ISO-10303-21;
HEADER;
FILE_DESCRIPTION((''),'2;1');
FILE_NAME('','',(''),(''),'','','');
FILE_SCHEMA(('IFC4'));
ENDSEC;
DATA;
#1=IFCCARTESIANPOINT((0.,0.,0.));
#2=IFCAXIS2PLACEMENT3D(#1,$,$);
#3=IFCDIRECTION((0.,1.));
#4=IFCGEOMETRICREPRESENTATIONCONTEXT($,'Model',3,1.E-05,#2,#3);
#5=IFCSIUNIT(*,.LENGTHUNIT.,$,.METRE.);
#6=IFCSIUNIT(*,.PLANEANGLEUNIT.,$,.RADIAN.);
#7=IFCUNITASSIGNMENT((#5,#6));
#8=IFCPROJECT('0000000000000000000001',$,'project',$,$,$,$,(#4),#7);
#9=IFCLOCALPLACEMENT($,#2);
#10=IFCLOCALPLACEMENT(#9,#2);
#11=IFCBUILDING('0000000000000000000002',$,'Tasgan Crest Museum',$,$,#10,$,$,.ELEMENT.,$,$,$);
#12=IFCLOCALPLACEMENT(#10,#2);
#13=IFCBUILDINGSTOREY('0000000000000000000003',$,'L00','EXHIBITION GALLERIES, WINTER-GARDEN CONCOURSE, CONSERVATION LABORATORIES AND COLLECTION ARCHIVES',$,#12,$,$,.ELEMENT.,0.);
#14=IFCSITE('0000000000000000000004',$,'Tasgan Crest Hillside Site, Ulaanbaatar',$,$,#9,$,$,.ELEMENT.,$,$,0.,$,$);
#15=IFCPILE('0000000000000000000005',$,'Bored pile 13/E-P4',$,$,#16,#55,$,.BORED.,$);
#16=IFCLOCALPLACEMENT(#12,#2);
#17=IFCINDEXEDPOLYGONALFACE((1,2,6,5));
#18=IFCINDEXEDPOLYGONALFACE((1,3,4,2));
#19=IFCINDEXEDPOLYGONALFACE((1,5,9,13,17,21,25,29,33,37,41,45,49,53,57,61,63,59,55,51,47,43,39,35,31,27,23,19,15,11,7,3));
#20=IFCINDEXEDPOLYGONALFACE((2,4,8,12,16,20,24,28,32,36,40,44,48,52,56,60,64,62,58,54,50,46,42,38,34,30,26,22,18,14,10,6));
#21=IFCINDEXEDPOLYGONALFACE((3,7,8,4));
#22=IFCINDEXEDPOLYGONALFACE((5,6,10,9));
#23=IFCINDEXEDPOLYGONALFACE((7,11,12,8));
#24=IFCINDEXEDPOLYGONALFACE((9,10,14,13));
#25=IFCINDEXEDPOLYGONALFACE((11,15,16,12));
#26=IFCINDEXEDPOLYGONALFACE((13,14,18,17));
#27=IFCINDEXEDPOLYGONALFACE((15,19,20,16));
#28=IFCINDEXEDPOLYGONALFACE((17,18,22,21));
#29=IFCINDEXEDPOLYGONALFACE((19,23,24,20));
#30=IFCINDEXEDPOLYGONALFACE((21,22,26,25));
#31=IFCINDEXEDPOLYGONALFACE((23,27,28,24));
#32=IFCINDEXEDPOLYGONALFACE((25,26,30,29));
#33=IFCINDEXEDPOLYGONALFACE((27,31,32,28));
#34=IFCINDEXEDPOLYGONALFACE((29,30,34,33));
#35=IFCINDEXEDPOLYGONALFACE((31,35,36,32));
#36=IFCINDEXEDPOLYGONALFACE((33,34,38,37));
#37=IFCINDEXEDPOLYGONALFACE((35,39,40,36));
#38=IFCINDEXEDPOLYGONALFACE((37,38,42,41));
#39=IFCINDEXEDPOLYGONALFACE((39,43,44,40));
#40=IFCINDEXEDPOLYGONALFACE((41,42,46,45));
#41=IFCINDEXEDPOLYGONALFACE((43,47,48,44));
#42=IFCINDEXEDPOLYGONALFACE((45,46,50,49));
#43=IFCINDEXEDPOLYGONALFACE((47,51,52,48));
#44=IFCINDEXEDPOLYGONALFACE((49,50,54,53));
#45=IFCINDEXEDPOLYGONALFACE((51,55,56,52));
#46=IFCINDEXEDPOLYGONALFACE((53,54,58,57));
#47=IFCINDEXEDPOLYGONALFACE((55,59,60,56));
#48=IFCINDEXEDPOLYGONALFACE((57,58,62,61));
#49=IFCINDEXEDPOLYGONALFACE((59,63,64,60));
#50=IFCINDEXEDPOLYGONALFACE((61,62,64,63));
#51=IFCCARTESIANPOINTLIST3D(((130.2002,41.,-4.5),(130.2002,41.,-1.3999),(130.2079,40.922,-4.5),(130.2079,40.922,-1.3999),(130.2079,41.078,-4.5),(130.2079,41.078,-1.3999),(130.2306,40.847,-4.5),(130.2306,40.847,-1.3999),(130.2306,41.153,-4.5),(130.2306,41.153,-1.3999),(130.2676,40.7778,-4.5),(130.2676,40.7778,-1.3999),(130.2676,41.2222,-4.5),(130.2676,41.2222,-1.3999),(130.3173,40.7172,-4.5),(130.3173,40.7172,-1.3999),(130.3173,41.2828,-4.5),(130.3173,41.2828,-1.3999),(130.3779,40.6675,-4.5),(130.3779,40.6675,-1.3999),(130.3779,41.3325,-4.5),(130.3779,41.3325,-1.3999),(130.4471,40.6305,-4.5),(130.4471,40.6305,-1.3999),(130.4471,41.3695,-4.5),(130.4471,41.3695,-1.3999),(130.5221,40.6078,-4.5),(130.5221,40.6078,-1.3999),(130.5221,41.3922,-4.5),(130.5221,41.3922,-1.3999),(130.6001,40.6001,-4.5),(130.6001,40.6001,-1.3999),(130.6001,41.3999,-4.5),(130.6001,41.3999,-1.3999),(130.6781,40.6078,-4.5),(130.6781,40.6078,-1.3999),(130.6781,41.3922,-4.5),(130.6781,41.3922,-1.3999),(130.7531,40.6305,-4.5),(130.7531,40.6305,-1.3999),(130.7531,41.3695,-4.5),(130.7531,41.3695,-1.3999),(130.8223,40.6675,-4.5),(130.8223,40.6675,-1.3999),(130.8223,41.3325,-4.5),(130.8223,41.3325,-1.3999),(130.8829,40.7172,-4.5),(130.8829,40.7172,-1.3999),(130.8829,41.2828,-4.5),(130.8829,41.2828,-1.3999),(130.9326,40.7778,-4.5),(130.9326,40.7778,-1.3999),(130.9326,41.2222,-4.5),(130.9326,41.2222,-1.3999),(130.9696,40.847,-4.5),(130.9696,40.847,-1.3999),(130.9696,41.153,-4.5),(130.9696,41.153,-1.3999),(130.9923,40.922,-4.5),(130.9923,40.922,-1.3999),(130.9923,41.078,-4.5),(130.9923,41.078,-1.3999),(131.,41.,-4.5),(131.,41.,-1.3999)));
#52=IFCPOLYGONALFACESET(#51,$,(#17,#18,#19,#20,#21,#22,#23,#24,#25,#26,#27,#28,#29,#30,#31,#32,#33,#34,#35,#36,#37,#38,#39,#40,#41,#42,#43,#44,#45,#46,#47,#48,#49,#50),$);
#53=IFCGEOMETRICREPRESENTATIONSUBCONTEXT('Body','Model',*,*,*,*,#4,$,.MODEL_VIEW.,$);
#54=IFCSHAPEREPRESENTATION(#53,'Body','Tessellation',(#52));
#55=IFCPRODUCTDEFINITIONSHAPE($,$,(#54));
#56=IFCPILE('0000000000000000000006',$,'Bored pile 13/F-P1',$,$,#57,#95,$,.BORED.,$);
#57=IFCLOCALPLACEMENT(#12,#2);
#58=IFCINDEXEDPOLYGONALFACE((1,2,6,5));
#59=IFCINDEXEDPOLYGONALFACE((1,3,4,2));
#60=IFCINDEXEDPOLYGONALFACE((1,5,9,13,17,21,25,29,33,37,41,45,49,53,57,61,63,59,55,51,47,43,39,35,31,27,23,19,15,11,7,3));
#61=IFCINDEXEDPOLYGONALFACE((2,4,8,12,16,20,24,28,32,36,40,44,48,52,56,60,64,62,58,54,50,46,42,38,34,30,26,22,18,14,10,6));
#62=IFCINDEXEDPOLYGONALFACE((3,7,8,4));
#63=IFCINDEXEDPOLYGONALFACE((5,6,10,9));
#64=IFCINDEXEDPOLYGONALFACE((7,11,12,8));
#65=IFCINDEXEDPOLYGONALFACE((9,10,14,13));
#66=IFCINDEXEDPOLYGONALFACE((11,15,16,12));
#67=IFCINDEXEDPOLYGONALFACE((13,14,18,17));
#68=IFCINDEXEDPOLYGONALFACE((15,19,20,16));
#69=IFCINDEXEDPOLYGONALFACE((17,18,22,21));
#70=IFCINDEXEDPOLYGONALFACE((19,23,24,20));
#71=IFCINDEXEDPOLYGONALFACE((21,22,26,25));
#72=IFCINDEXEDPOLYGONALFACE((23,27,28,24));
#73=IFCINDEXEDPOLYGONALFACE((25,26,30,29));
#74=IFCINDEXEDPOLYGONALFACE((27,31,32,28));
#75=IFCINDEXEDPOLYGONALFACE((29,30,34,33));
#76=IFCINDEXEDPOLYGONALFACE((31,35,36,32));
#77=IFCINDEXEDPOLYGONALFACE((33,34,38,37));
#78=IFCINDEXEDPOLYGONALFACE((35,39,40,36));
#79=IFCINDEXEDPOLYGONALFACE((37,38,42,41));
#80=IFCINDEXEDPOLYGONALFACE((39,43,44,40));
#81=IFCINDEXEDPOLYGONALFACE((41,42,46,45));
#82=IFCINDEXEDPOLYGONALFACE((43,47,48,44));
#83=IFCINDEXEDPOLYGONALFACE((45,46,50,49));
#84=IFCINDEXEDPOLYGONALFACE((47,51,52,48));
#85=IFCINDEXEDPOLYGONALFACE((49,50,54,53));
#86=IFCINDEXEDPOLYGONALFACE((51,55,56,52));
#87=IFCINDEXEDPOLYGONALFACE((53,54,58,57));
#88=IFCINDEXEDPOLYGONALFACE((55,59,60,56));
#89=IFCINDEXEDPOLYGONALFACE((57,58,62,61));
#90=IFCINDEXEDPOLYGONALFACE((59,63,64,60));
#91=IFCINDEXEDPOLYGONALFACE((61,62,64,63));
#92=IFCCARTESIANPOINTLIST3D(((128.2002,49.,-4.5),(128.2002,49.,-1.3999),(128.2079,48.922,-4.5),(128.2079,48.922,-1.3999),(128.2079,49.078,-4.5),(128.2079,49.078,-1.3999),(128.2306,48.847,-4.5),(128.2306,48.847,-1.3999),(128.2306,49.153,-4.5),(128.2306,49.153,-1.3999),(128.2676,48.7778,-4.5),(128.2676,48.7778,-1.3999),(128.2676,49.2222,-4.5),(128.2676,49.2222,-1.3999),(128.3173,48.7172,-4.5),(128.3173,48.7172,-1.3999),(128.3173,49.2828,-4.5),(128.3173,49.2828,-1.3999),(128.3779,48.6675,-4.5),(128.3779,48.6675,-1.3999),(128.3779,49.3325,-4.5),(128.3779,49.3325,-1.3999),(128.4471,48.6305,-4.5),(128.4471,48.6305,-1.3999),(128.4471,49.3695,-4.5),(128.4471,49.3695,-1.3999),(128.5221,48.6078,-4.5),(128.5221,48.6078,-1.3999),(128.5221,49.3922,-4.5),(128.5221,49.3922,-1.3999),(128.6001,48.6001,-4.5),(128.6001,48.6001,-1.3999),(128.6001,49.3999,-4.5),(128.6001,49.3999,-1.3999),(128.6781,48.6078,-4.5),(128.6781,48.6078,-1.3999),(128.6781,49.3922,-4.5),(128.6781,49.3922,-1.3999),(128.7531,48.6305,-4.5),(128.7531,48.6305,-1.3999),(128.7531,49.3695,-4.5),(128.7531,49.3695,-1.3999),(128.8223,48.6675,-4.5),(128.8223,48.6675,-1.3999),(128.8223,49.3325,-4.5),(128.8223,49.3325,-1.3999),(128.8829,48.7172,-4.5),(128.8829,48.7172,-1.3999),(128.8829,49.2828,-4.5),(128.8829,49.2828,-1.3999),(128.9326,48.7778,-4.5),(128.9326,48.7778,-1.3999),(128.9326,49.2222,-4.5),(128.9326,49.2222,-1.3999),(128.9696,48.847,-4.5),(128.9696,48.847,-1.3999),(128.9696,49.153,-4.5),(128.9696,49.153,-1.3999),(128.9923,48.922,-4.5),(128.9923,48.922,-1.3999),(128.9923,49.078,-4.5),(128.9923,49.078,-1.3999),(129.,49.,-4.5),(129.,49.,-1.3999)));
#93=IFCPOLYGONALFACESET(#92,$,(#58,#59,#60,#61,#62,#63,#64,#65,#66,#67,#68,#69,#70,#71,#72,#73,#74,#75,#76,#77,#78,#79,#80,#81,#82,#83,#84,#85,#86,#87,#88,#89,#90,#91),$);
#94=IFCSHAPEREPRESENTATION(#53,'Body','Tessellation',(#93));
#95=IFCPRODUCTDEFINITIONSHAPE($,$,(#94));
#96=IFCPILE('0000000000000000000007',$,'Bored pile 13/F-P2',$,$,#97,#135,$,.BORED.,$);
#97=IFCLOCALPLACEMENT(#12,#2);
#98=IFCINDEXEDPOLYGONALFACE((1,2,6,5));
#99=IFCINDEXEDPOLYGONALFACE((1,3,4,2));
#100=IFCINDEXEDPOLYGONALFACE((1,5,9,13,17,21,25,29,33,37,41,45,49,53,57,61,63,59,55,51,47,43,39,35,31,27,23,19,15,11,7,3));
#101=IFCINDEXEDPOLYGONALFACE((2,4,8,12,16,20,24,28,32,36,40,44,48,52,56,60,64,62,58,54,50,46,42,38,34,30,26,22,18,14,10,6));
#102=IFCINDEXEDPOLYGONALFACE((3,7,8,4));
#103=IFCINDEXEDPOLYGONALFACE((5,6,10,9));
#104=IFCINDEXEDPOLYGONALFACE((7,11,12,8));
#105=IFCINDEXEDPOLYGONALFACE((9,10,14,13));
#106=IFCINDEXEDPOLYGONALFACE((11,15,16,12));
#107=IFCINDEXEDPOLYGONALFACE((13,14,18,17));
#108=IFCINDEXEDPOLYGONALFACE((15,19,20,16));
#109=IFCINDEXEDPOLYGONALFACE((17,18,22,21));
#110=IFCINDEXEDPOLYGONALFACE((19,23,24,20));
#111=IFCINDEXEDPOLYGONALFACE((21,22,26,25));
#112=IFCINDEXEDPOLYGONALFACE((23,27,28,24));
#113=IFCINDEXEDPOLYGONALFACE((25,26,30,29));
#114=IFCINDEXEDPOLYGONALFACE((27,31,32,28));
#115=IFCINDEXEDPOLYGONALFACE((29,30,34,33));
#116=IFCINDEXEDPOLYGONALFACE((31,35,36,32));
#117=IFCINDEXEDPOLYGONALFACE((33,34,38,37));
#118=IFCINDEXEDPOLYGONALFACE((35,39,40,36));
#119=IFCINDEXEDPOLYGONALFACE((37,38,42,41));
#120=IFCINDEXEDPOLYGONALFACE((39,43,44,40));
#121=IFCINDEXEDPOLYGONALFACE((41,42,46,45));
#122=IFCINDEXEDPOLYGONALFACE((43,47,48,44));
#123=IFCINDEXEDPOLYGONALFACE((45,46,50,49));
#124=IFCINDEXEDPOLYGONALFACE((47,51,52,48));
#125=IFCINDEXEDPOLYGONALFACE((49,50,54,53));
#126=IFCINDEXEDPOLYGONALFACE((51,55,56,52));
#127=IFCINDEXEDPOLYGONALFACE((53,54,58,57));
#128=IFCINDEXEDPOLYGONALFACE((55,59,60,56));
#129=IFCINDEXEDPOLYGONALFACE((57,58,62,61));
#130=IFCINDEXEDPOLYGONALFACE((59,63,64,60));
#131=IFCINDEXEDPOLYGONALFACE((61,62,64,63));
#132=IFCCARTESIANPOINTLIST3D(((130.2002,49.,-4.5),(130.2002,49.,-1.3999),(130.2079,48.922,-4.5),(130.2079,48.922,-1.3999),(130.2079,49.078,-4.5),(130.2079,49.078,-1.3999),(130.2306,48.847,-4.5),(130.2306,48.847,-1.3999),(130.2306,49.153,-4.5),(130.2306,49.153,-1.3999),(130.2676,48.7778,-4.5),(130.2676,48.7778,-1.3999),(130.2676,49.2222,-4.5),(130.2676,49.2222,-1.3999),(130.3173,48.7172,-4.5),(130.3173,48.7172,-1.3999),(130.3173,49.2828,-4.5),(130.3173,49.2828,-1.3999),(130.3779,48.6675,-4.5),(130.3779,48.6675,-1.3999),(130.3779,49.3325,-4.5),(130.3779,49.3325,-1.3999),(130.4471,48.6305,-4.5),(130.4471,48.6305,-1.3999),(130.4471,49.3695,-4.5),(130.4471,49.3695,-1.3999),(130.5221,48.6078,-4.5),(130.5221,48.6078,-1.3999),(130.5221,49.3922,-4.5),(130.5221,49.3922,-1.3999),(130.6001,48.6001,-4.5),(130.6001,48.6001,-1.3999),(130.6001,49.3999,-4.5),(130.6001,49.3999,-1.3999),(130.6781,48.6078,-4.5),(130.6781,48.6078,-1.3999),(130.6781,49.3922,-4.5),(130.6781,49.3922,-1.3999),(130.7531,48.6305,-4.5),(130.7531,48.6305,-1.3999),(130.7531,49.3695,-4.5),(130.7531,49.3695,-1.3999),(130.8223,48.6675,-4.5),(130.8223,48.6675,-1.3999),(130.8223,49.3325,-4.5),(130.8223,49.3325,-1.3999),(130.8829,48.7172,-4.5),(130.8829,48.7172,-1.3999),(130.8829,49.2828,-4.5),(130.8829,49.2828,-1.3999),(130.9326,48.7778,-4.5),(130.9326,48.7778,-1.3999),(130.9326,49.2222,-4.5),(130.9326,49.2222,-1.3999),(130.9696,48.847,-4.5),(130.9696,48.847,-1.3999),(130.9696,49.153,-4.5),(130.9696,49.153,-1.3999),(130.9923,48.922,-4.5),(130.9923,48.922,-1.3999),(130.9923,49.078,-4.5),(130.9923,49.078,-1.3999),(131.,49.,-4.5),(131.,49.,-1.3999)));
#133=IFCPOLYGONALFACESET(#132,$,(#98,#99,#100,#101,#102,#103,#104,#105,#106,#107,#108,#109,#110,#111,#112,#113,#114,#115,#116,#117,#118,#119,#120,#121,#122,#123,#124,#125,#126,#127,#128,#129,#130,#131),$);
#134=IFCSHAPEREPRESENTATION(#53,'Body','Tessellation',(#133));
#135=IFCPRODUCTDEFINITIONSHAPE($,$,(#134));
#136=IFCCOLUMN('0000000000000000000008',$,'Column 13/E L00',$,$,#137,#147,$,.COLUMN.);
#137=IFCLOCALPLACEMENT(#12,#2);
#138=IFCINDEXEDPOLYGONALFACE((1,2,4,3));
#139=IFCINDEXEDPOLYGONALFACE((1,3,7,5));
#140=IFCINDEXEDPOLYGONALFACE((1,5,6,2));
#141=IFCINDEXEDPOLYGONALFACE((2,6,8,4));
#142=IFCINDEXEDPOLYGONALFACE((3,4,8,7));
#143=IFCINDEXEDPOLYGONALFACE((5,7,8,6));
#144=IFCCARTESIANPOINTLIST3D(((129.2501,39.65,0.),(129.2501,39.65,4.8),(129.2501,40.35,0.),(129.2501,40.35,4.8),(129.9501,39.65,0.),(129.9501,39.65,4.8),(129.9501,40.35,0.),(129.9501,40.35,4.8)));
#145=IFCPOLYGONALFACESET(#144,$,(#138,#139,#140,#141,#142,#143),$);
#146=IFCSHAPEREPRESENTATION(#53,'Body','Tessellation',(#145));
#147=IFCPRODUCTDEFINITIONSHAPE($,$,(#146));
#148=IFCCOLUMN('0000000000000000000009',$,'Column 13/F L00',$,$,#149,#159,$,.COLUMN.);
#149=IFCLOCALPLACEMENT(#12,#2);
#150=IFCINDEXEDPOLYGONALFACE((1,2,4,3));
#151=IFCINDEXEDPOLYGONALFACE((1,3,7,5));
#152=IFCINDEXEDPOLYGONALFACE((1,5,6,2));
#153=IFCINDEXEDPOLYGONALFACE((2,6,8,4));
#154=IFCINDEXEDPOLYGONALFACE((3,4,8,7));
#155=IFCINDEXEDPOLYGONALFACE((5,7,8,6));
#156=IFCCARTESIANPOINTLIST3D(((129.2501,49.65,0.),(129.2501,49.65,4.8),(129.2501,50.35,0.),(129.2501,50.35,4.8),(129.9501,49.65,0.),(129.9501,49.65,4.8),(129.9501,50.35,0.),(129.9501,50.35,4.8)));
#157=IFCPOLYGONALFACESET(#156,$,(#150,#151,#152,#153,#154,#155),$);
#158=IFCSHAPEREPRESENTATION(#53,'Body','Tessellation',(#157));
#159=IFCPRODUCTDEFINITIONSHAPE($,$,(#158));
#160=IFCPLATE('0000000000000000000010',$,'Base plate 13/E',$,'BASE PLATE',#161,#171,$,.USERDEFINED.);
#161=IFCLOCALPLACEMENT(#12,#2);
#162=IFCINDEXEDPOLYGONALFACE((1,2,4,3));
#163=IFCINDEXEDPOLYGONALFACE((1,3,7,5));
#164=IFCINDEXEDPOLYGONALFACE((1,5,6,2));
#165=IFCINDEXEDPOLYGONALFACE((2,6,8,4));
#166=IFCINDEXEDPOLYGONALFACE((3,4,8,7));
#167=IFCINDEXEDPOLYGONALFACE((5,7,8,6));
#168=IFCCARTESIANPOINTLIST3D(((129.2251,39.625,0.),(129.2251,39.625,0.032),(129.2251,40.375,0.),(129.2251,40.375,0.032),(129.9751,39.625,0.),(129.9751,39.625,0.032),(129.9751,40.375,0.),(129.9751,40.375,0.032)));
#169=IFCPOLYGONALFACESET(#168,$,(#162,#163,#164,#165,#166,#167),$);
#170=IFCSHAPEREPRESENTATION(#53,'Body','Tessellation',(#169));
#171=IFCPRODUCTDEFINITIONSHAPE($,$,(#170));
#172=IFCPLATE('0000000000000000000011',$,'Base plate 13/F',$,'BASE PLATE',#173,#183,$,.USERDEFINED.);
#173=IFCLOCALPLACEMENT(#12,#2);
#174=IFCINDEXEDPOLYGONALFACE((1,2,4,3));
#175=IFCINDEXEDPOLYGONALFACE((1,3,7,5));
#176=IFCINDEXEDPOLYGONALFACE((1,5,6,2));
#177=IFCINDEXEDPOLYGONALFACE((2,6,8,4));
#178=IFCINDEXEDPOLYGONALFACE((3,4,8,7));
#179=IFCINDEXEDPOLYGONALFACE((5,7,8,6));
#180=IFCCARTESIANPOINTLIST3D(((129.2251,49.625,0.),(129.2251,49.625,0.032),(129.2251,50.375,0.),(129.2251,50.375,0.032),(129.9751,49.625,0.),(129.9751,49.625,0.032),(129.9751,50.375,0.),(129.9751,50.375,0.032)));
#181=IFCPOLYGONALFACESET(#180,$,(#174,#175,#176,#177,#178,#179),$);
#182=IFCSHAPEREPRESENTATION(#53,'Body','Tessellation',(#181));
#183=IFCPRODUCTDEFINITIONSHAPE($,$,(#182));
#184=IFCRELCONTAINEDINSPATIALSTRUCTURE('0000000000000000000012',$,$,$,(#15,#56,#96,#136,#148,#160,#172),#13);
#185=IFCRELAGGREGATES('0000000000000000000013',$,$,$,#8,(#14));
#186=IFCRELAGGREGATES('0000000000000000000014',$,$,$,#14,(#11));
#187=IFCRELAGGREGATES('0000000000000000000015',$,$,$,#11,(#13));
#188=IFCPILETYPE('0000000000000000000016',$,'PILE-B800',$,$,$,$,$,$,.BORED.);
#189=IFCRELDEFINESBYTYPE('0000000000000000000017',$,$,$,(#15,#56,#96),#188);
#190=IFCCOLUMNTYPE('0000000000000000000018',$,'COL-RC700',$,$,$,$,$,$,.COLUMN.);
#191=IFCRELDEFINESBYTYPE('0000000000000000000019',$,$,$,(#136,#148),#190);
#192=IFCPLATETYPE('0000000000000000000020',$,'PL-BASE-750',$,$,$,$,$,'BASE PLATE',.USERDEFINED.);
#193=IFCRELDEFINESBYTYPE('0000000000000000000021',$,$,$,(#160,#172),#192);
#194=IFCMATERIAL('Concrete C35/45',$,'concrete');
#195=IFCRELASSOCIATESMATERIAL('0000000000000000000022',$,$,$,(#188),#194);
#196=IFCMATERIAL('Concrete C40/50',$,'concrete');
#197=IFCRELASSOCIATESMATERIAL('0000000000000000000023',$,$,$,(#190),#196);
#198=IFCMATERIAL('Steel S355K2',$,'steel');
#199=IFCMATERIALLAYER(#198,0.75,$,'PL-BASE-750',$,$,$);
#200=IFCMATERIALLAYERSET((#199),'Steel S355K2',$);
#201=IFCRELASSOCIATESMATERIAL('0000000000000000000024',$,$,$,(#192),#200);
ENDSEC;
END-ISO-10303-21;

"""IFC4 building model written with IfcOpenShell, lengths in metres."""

from ifc_helpers import new_model, si_unit, direction, frame, origin, origin_2d, place, context, subcontext, project, spatial, rectangle, circle, extrude, material, layer, layer_set, material_profile, profile_set, type_object, element, save


model = new_model("IFC4")

# Units and contexts
model_context = context("Model", 3, precision=1e-05, world=origin(), true_north=direction((0.0, 1.0)))
body_context = subcontext(model_context, "Body", "Model", "MODEL_VIEW")
ifc_project = project(units=[si_unit("LENGTHUNIT", "METRE"), si_unit("PLANEANGLEUNIT", "RADIAN")], contexts=[model_context])

# Site, building, storey
site_placement = place(None, origin())
site = spatial("IfcSite", under=ifc_project, at=site_placement, Name="Tasgan Crest Hillside Site, Ulaanbaatar", CompositionType="ELEMENT", RefElevation=0.0)
building_placement = place(site_placement, origin())
building = spatial("IfcBuilding", under=site, at=building_placement, Name="Tasgan Crest Museum", CompositionType="ELEMENT")
storey_placement = place(building_placement, origin())
storey = spatial("IfcBuildingStorey", under=building, at=storey_placement, Name="L00", Description="EXHIBITION GALLERIES, WINTER-GARDEN CONCOURSE, CONSERVATION LABORATORIES AND COLLECTION ARCHIVES", CompositionType="ELEMENT", Elevation=0.0)

# Piles
ifc_material_1 = material(Name="Concrete C35/45", Category="concrete")
ifc_material_profile_1 = material_profile(ifc_material_1, circle(Radius=0.3999, at=origin_2d()), Name="PILE D800")
ifc_profile_set_1 = profile_set([ifc_material_profile_1], Name="Concrete C35/45")
pile_type = type_object("IfcPileType", Name="PILE-B800", PredefinedType="BORED", material=ifc_profile_set_1)
for number, where, z_axis, x_axis, name in (
    (1, (130.6001, 41.0, -1.3999), (0.0, 0.0, -1.0), (1.0, 0.0, 0.0), "Bored pile 13/E-P4"),
    (2, (128.6001, 49.0, -1.3999), (0.0, 0.0, -1.0), (1.0, 0.0, 0.0), "Bored pile 13/F-P1"),
    (3, (130.6001, 49.0, -1.3999), (0.0, 0.0, -1.0), (1.0, 0.0, 0.0), "Bored pile 13/F-P2"),
):
    element("IfcPile", number, at=place(storey_placement, frame(where, z_axis=z_axis, x_axis=x_axis)), inside=storey, type_object=pile_type, Name=name, PredefinedType="BORED", context=body_context, shape_type="SweptSolid", body=[
        extrude(circle(Radius=0.3999, at=origin_2d()), origin(), (0.0, 0.0, 1.0), 3.1001),
    ])

# Columns
ifc_material_2 = material(Name="Concrete C40/50", Category="concrete")
ifc_material_profile_2 = material_profile(ifc_material_2, rectangle(XDim=0.7, YDim=0.7, at=origin_2d()), Name="RC 700x700")
ifc_profile_set_2 = profile_set([ifc_material_profile_2], Name="Concrete C40/50")
column_type = type_object("IfcColumnType", Name="COL-RC700", PredefinedType="COLUMN", material=ifc_profile_set_2)
for number, where, z_axis, x_axis, name in (
    (4, (129.6001, 40.0, 0.0), (0.0, 0.0, 1.0), (1.0, 0.0, 0.0), "Column 13/E L00"),
    (5, (129.6001, 50.0, 0.0), (0.0, 0.0, 1.0), (1.0, 0.0, 0.0), "Column 13/F L00"),
):
    element("IfcColumn", number, at=place(storey_placement, frame(where, z_axis=z_axis, x_axis=x_axis)), inside=storey, type_object=column_type, Name=name, PredefinedType="COLUMN", context=body_context, shape_type="SweptSolid", body=[
        extrude(rectangle(XDim=0.7, YDim=0.7, at=origin_2d()), origin(), (0.0, 0.0, 1.0), 4.8),
    ])

# Plates
ifc_material_3 = material(Name="Steel S355K2", Category="steel")
ifc_layer_1 = layer(ifc_material_3, 0.75, Name="PL-BASE-750")
ifc_layer_set_1 = layer_set([ifc_layer_1], Name="Steel S355K2")
plate_type = type_object("IfcPlateType", Name="PL-BASE-750", ElementType="BASE PLATE", PredefinedType="USERDEFINED", material=ifc_layer_set_1)
for number, where, z_axis, x_axis, name in (
    (6, (129.6001, 40.0, 0.0), (0.0, 0.0, 1.0), (1.0, 0.0, 0.0), "Base plate 13/E"),
    (7, (129.6001, 50.0, 0.0), (0.0, 0.0, 1.0), (1.0, 0.0, 0.0), "Base plate 13/F"),
):
    element("IfcPlate", number, at=place(storey_placement, frame(where, z_axis=z_axis, x_axis=x_axis)), inside=storey, type_object=plate_type, Name=name, ObjectType="BASE PLATE", PredefinedType="USERDEFINED", context=body_context, shape_type="SweptSolid", body=[
        extrude(rectangle(XDim=0.75, YDim=0.75, at=origin_2d()), origin(), (0.0, 0.0, 1.0), 0.032),
    ])

save(model, "model.ifc")
